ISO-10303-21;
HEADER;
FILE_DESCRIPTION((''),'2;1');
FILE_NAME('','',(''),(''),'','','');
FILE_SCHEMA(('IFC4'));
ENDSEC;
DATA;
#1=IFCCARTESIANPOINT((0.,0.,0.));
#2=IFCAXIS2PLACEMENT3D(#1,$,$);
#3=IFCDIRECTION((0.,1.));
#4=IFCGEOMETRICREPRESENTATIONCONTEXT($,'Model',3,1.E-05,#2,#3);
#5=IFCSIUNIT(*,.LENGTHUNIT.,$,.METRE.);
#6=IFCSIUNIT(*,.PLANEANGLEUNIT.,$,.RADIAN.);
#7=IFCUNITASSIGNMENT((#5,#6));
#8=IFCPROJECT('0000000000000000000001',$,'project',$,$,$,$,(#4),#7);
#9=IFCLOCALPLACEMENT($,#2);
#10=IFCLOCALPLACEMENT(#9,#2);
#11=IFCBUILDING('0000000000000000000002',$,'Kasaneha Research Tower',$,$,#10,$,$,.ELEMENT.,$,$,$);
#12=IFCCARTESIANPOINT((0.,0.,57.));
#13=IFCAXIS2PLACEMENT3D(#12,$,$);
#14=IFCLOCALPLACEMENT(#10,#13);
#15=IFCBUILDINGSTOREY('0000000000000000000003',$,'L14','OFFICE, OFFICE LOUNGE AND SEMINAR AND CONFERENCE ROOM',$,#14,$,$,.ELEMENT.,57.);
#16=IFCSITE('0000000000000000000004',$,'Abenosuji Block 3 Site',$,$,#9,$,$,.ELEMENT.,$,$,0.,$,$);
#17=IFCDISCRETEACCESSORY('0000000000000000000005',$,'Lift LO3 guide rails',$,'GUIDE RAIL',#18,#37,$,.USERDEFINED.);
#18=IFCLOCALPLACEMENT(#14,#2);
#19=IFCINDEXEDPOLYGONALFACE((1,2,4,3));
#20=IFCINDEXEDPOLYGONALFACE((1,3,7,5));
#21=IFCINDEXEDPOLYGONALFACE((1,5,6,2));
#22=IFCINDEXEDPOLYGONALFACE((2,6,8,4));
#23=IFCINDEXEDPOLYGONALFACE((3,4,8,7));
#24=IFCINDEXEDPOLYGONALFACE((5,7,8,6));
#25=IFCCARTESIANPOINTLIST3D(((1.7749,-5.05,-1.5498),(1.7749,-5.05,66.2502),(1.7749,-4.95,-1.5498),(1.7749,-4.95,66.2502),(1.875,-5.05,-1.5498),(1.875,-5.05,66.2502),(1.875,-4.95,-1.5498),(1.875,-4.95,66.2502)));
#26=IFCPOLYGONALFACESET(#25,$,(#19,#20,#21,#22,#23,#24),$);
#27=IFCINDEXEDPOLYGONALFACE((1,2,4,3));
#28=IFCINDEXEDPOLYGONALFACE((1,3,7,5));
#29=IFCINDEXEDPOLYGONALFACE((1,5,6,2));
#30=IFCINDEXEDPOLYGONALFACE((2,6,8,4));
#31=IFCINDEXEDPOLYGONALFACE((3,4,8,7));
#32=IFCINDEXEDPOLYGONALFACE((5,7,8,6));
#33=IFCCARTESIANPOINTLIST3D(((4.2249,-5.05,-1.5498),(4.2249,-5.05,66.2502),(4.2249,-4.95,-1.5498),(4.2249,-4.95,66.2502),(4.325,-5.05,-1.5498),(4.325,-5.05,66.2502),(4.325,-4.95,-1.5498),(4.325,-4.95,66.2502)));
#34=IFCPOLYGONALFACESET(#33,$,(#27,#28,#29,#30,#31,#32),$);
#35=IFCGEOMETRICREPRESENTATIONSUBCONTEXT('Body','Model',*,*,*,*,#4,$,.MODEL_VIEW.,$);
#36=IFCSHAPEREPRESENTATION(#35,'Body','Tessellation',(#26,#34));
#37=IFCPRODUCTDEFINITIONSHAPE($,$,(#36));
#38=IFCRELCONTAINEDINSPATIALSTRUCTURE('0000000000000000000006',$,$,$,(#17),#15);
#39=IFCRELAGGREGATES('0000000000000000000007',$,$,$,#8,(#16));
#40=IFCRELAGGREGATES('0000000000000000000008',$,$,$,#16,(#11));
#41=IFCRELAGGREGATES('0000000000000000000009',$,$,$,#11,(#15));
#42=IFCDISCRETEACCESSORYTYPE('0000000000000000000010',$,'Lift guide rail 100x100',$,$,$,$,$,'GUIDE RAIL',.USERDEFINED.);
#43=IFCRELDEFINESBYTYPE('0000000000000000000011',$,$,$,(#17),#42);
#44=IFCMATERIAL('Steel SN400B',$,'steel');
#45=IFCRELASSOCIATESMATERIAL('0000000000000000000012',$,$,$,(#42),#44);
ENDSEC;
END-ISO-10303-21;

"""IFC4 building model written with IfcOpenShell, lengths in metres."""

from ifc_helpers import new_model, si_unit, direction, frame, origin, origin_2d, place, context, subcontext, project, spatial, rectangle, extrude, material, type_object, element, save


model = new_model("IFC4")

# Units and contexts
model_context = context("Model", 3, precision=1e-05, world=origin(), true_north=direction((0.0, 1.0)))
body_context = subcontext(model_context, "Body", "Model", "MODEL_VIEW")
ifc_project = project(units=[si_unit("LENGTHUNIT", "METRE"), si_unit("PLANEANGLEUNIT", "RADIAN")], contexts=[model_context])

# Site, building, storey
site_placement = place(None, origin())
site = spatial("IfcSite", under=ifc_project, at=site_placement, Name="Abenosuji Block 3 Site", CompositionType="ELEMENT", RefElevation=0.0)
building_placement = place(site_placement, origin())
building = spatial("IfcBuilding", under=site, at=building_placement, Name="Kasaneha Research Tower", CompositionType="ELEMENT")
storey_placement = place(building_placement, frame((0.0, 0.0, 57.0)))
storey = spatial("IfcBuildingStorey", under=building, at=storey_placement, Name="L14", Description="OFFICE, OFFICE LOUNGE AND SEMINAR AND CONFERENCE ROOM", CompositionType="ELEMENT", Elevation=57.0)

# Discrete accessory
ifc_material_1 = material(Name="Steel SN400B", Category="steel")
discrete_accessory_type = type_object("IfcDiscreteAccessoryType", Name="Lift guide rail 100x100", ElementType="GUIDE RAIL", PredefinedType="USERDEFINED", material=ifc_material_1)
discrete_accessory_placement = place(storey_placement, frame((0.0, 0.0, -57.0)))
element("IfcDiscreteAccessory", 1, at=discrete_accessory_placement, inside=storey, type_object=discrete_accessory_type, Name="Lift LO3 guide rails", ObjectType="GUIDE RAIL", PredefinedType="USERDEFINED", context=body_context, shape_type="SweptSolid", body=[
    extrude(rectangle(XDim=0.1001, YDim=0.1001, at=origin_2d()), frame((1.825, -5.0, 55.4502)), (0.0, 0.0, 1.0), 67.8),
    extrude(rectangle(XDim=0.1001, YDim=0.1001, at=origin_2d()), frame((4.2749, -5.0, 55.4502)), (0.0, 0.0, 1.0), 67.8),
])

save(model, "model.ifc")
